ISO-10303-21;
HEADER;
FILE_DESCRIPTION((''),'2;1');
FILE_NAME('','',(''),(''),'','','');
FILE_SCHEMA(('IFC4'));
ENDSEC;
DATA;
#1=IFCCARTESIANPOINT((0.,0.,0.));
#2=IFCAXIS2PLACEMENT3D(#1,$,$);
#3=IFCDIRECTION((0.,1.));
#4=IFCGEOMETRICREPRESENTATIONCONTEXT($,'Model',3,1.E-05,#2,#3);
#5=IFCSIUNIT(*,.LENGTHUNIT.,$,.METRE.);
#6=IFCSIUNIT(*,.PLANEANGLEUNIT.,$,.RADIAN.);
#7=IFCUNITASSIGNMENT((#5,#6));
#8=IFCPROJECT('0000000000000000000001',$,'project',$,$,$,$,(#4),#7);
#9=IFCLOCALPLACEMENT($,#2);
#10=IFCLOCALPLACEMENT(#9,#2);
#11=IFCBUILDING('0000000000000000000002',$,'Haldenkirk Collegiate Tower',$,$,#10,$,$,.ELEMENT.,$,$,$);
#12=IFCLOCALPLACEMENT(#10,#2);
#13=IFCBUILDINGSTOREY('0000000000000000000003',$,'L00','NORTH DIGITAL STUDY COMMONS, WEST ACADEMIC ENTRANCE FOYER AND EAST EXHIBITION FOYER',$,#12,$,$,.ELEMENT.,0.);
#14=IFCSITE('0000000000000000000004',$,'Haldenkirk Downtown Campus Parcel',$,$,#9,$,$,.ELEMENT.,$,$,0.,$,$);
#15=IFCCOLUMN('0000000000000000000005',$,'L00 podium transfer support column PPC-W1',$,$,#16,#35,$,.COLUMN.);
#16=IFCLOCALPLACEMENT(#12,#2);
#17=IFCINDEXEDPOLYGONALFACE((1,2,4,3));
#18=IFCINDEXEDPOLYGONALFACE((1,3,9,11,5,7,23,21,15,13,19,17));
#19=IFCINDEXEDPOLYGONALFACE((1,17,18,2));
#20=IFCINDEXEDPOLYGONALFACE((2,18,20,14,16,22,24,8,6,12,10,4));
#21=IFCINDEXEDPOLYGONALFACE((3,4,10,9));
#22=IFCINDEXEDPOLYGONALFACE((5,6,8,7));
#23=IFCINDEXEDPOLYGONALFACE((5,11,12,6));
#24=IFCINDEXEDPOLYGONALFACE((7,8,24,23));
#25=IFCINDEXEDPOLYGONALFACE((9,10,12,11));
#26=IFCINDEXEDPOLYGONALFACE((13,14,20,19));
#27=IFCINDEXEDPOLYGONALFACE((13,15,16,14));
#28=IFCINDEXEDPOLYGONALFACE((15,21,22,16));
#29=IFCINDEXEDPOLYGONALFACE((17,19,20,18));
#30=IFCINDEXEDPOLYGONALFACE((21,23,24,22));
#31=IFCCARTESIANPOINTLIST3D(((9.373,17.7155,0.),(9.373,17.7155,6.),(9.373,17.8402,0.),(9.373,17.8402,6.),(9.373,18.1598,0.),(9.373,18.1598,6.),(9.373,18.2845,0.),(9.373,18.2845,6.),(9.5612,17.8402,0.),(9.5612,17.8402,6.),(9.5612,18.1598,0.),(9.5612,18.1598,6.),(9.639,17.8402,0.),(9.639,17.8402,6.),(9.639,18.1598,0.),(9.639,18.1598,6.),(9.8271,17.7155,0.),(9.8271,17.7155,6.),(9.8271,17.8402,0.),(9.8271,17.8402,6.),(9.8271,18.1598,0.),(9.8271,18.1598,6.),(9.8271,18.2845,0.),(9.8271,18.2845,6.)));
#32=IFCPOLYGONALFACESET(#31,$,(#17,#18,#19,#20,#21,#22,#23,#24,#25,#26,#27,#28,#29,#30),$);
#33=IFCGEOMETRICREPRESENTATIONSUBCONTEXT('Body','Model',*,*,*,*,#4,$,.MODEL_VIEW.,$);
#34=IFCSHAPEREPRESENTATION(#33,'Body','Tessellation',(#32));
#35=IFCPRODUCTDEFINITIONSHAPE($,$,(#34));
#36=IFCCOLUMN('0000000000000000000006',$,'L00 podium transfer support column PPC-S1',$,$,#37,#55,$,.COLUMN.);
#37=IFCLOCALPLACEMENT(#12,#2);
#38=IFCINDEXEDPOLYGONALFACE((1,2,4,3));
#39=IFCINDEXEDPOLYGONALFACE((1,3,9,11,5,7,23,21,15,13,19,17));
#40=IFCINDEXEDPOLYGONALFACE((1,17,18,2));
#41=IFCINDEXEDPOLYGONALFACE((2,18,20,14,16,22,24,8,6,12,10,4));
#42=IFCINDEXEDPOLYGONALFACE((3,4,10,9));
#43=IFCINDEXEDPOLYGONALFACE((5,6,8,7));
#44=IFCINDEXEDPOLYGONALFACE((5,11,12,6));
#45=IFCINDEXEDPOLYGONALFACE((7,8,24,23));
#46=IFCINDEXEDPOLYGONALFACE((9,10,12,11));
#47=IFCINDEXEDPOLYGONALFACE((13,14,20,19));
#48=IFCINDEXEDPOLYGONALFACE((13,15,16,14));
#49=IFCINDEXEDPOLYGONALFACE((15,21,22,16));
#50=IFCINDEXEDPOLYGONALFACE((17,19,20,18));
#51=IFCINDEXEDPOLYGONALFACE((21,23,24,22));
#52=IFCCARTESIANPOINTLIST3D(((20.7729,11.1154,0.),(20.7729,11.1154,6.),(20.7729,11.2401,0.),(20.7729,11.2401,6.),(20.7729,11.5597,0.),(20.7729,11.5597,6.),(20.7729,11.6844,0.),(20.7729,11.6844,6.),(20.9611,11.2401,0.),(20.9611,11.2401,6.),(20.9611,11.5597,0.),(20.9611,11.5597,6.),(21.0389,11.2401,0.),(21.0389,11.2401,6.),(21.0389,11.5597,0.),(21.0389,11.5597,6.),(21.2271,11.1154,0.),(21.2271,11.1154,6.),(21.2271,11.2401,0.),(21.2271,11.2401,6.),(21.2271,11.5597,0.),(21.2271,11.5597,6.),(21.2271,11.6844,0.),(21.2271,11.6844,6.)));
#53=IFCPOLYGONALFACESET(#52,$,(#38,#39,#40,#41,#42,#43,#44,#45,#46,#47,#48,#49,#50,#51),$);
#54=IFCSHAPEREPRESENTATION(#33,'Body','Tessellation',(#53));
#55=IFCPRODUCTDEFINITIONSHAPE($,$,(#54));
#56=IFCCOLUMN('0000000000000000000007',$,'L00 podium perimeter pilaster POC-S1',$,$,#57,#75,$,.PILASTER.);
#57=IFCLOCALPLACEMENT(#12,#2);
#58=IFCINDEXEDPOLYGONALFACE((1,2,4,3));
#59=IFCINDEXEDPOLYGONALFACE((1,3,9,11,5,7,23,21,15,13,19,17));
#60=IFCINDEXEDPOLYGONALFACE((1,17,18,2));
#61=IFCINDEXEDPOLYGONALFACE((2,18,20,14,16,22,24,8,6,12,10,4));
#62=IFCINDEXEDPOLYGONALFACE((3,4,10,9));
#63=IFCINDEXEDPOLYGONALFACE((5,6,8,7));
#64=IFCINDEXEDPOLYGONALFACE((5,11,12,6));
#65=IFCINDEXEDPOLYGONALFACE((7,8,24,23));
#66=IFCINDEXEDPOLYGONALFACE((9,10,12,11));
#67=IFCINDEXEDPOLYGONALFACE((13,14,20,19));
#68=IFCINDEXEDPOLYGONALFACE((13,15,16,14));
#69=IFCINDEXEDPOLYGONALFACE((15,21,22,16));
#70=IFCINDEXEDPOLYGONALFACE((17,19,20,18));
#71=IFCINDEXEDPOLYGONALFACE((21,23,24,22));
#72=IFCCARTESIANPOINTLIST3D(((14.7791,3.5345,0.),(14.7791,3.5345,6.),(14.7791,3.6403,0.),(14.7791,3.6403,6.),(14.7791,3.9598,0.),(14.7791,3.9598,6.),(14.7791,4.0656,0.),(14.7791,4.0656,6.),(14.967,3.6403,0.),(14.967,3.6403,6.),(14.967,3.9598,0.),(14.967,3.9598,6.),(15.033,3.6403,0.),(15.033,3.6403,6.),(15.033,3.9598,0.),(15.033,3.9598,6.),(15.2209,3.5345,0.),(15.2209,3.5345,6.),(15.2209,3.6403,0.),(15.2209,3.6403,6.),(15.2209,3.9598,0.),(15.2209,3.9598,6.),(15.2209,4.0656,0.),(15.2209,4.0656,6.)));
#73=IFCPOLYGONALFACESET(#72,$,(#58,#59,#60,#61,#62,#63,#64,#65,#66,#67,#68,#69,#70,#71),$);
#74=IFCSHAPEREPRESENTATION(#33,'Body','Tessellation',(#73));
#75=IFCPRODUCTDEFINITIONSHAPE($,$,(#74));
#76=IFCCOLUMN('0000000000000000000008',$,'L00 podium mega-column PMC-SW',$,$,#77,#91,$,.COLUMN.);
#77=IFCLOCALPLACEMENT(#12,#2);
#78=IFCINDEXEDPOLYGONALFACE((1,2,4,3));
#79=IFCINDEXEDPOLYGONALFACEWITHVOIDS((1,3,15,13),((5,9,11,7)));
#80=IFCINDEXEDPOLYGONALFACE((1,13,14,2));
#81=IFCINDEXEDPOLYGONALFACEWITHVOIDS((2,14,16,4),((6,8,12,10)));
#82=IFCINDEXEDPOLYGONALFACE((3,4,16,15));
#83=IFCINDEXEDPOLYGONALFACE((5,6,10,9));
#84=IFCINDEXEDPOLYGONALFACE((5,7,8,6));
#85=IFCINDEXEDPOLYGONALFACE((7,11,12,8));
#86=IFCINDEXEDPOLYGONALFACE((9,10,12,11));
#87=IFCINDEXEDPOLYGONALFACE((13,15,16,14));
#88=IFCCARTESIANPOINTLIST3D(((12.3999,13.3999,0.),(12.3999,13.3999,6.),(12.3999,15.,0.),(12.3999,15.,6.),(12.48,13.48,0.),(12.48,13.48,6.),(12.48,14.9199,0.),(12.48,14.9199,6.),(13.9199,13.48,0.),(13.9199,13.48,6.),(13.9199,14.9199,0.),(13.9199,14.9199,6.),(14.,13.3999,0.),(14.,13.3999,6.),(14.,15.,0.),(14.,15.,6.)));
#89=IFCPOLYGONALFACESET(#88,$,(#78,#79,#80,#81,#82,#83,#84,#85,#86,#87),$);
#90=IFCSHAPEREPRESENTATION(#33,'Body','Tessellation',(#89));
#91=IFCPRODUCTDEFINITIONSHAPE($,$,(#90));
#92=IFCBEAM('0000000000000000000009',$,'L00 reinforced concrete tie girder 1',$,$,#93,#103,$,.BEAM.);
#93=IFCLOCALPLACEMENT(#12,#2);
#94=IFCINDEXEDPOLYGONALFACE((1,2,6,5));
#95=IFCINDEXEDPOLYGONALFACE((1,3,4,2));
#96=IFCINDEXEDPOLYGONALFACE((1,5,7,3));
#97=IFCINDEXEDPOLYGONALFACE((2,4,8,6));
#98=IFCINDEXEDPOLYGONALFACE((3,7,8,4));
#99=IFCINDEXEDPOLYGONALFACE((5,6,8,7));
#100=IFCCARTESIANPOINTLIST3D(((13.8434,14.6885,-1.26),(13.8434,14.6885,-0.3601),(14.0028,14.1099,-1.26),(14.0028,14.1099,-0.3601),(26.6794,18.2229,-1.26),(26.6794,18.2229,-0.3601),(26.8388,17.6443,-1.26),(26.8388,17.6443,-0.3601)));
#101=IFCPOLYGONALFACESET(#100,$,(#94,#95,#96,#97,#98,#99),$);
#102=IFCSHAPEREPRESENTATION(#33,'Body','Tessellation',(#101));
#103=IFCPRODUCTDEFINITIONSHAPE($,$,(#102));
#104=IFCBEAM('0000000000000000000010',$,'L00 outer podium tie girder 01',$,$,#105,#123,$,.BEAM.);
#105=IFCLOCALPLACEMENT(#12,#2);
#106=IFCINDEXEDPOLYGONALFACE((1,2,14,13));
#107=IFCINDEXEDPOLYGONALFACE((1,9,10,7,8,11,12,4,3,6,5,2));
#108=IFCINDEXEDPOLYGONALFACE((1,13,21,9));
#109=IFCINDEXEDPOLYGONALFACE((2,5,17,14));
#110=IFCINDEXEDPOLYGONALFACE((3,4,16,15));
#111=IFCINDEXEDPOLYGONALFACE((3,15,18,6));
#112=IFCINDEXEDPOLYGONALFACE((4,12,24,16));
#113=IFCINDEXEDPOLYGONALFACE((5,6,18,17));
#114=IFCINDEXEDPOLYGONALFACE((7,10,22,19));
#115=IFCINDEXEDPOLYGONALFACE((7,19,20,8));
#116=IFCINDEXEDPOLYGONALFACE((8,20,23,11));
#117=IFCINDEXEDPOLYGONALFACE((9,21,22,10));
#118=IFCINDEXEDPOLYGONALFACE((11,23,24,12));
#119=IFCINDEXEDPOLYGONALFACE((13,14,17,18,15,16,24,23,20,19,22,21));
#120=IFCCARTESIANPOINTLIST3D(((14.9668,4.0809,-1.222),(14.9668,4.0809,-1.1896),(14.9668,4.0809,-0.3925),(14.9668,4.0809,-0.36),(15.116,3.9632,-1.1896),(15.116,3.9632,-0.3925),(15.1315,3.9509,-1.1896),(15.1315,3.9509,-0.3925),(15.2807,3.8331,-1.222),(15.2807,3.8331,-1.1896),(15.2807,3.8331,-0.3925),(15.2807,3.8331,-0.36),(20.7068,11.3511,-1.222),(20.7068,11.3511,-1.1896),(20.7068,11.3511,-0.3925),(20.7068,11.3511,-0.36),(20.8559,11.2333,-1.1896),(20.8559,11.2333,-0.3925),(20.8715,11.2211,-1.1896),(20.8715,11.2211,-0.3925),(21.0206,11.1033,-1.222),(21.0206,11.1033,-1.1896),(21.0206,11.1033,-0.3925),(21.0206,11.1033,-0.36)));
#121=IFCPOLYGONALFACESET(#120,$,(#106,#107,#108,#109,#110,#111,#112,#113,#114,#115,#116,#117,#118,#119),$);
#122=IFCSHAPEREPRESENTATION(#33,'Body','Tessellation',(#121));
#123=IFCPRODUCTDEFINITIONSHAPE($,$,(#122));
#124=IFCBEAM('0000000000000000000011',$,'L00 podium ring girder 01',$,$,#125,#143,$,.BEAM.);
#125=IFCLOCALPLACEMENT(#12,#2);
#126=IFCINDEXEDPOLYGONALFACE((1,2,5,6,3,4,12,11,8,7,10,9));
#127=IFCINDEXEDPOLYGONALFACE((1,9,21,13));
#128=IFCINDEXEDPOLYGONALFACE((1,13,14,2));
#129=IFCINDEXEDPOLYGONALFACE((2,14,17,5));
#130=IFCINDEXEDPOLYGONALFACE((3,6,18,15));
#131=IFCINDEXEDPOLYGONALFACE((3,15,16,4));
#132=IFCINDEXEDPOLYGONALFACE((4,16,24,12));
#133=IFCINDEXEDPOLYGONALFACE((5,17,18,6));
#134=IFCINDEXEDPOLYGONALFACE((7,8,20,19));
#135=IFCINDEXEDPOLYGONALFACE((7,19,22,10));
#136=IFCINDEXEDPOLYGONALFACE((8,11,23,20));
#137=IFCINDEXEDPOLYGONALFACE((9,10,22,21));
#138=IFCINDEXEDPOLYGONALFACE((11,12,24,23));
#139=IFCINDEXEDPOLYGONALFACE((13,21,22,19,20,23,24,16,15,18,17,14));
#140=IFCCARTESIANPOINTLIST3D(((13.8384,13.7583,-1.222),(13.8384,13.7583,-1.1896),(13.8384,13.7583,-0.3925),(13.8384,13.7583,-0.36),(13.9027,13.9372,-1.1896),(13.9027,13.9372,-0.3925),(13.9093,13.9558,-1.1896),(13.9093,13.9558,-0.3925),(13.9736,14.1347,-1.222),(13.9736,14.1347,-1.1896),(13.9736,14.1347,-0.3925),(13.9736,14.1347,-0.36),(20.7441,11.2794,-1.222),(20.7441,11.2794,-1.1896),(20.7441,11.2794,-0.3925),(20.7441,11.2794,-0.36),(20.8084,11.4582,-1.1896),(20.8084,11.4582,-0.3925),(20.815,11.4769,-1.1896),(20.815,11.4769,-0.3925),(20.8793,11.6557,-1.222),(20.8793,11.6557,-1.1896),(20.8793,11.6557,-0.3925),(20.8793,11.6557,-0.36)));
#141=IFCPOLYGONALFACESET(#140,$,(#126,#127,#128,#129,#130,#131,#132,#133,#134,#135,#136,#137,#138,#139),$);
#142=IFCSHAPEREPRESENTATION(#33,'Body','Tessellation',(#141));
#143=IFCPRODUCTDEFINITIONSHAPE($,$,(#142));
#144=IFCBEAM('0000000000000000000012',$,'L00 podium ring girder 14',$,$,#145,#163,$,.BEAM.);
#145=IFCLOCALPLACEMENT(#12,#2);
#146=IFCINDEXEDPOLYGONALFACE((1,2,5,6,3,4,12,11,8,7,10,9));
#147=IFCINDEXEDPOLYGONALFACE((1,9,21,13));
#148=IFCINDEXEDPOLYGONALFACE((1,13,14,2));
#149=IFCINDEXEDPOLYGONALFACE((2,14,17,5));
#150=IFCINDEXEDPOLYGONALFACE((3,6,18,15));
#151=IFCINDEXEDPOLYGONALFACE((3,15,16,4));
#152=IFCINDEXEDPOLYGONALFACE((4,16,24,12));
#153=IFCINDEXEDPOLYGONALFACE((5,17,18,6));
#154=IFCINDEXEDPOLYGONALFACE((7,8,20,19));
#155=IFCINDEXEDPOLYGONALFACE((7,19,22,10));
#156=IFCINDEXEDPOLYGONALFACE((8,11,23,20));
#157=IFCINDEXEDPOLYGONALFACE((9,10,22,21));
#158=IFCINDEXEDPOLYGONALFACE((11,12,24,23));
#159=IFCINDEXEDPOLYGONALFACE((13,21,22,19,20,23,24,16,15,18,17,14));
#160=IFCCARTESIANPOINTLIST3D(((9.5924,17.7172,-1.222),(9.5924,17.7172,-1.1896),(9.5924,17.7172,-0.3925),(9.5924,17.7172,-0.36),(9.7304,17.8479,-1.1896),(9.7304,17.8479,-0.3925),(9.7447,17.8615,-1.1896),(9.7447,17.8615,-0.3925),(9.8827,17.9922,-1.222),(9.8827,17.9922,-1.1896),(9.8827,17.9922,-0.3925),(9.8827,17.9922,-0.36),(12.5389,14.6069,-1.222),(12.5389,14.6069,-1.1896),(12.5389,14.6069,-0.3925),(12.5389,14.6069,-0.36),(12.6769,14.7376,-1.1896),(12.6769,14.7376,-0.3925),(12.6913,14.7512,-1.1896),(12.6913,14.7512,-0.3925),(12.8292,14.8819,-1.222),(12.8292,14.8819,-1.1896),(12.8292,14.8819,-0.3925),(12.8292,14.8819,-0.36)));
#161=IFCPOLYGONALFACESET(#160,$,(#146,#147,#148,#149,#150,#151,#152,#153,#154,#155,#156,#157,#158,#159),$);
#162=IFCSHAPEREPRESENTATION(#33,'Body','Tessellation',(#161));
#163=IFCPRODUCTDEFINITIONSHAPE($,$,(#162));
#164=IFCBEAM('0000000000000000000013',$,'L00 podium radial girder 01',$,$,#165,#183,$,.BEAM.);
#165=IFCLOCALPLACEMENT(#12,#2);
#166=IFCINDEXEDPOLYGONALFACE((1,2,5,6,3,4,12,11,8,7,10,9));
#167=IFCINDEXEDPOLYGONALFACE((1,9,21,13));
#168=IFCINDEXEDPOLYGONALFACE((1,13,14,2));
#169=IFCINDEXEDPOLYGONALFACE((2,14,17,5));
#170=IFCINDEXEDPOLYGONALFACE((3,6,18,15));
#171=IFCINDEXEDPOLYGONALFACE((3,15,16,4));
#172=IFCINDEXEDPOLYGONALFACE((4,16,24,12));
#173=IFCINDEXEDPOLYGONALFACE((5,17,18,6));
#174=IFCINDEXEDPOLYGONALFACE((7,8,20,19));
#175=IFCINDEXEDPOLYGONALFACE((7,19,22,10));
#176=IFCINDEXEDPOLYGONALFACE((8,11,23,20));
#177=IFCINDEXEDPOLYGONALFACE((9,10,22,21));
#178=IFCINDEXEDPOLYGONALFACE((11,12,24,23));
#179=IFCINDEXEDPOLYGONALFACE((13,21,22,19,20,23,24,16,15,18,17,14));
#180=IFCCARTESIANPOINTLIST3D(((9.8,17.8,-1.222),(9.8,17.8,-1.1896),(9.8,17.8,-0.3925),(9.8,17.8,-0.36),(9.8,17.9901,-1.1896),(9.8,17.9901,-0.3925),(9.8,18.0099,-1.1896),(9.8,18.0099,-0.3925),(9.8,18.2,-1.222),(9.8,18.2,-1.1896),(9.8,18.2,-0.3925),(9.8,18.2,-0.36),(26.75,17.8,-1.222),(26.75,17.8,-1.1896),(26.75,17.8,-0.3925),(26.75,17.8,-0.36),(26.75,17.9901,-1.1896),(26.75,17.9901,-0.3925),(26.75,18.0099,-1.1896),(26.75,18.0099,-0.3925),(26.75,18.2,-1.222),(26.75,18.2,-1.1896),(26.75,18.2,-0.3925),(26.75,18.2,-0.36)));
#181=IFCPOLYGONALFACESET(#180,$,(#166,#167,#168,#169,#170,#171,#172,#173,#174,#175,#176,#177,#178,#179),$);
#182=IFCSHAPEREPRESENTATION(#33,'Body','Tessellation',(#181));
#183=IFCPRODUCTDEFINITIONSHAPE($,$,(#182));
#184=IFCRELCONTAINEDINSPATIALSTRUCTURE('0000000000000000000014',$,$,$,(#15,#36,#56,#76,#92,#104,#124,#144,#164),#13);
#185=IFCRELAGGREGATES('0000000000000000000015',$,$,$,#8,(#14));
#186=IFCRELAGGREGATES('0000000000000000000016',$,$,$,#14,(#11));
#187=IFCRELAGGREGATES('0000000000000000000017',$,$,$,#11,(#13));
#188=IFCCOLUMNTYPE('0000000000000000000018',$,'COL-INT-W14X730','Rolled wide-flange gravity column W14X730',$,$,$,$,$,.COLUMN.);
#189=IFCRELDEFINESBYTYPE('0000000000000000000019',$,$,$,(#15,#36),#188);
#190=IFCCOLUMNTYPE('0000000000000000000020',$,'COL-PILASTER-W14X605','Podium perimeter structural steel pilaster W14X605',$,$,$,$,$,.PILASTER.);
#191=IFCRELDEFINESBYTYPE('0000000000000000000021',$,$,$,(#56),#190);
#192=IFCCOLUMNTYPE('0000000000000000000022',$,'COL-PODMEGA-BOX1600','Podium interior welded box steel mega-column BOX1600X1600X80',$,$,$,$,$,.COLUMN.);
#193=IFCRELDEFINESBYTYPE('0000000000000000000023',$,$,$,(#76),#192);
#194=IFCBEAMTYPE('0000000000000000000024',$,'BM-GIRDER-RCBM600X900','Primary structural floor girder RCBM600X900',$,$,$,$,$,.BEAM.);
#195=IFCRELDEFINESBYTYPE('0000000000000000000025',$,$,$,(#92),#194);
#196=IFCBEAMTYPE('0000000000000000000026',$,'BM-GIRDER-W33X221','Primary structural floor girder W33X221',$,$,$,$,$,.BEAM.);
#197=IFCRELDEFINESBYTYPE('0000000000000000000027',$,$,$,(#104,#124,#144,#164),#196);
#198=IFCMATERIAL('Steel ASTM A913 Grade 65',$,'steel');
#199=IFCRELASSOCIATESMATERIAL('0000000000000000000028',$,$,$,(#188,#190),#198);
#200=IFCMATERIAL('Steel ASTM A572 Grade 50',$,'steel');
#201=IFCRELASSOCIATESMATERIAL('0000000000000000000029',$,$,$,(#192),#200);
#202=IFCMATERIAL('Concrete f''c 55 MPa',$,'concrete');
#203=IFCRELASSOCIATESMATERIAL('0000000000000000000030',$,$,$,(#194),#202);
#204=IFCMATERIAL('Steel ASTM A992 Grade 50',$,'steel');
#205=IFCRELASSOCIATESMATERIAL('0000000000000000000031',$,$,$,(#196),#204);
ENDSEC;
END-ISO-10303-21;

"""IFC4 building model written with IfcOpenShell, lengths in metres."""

from ifc_helpers import new_model, si_unit, direction, frame, origin, origin_2d, place, context, subcontext, project, spatial, rectangle, hollow_rectangle, i_section, extrude, material, material_profile, profile_set, type_object, element, save


model = new_model("IFC4")

# Units and contexts
model_context = context("Model", 3, precision=1e-05, world=origin(), true_north=direction((0.0, 1.0)))
body_context = subcontext(model_context, "Body", "Model", "MODEL_VIEW")
ifc_project = project(units=[si_unit("LENGTHUNIT", "METRE"), si_unit("PLANEANGLEUNIT", "RADIAN")], contexts=[model_context])

# Site, building, storey
site_placement = place(None, origin())
site = spatial("IfcSite", under=ifc_project, at=site_placement, Name="Haldenkirk Downtown Campus Parcel", CompositionType="ELEMENT", RefElevation=0.0)
building_placement = place(site_placement, origin())
building = spatial("IfcBuilding", under=site, at=building_placement, Name="Haldenkirk Collegiate Tower", CompositionType="ELEMENT")
storey_placement = place(building_placement, origin())
storey = spatial("IfcBuildingStorey", under=building, at=storey_placement, Name="L00", Description="NORTH DIGITAL STUDY COMMONS, WEST ACADEMIC ENTRANCE FOYER AND EAST EXHIBITION FOYER", CompositionType="ELEMENT", Elevation=0.0)

# Columns
ifc_material_1 = material(Name="Steel ASTM A913 Grade 65", Category="steel")
ifc_material_profile_1 = material_profile(ifc_material_1, i_section(OverallWidth=0.4541, OverallDepth=0.5691, WebThickness=0.0779, FlangeThickness=0.1248, at=origin_2d()), Name="W14X730")
ifc_profile_set_1 = profile_set([ifc_material_profile_1], Name="Steel ASTM A913 Grade 65")
column_type_1 = type_object("IfcColumnType", Name="COL-INT-W14X730", Description="Rolled wide-flange gravity column W14X730", PredefinedType="COLUMN", material=ifc_profile_set_1)
for number, where, z_axis, x_axis, name in (
    (1, (9.6001, 18.0, 0.0), (0.0, 0.0, 1.0), (1.0, 0.0, 0.0), "L00 podium transfer support column PPC-W1"),
    (2, (21.0, 11.3999, 0.0), (0.0, 0.0, 1.0), (1.0, 0.0, 0.0), "L00 podium transfer support column PPC-S1"),
):
    element("IfcColumn", number, at=place(storey_placement, frame(where, z_axis=z_axis, x_axis=x_axis)), inside=storey, type_object=column_type_1, Name=name, PredefinedType="COLUMN", context=body_context, shape_type="SweptSolid", body=[
        extrude(i_section(OverallWidth=0.4541, OverallDepth=0.5691, WebThickness=0.0779, FlangeThickness=0.1248, at=origin_2d()), origin(), (0.0, 0.0, 1.0), 6.0),
    ])
ifc_material_profile_2 = material_profile(ifc_material_1, i_section(OverallWidth=0.4419, OverallDepth=0.531, WebThickness=0.0659, FlangeThickness=0.1057, at=origin_2d()), Name="W14X605")
ifc_profile_set_2 = profile_set([ifc_material_profile_2], Name="Steel ASTM A913 Grade 65")
column_type_2 = type_object("IfcColumnType", Name="COL-PILASTER-W14X605", Description="Podium perimeter structural steel pilaster W14X605", PredefinedType="PILASTER", material=ifc_profile_set_2)
column_1_placement = place(storey_placement, frame((15.0, 3.8, 0.0), z_axis=(0.0, 0.0, 1.0), x_axis=(1.0, 0.0, 0.0)))
element("IfcColumn", 3, at=column_1_placement, inside=storey, type_object=column_type_2, Name="L00 podium perimeter pilaster POC-S1", PredefinedType="PILASTER", context=body_context, shape_type="SweptSolid", body=[
    extrude(i_section(OverallWidth=0.4419, OverallDepth=0.531, WebThickness=0.0659, FlangeThickness=0.1057, at=origin_2d()), origin(), (0.0, 0.0, 1.0), 6.0),
])
ifc_material_2 = material(Name="Steel ASTM A572 Grade 50", Category="steel")
ifc_material_profile_3 = material_profile(ifc_material_2, hollow_rectangle(XDim=1.6001, YDim=1.6001, WallThickness=0.0801, at=origin_2d()), Name="BOX1600X1600X80")
ifc_profile_set_3 = profile_set([ifc_material_profile_3], Name="Steel ASTM A572 Grade 50")
column_type_3 = type_object("IfcColumnType", Name="COL-PODMEGA-BOX1600", Description="Podium interior welded box steel mega-column BOX1600X1600X80", PredefinedType="COLUMN", material=ifc_profile_set_3)
column_2_placement = place(storey_placement, frame((13.2, 14.2, 0.0), z_axis=(0.0, 0.0, 1.0), x_axis=(1.0, 0.0, 0.0)))
element("IfcColumn", 4, at=column_2_placement, inside=storey, type_object=column_type_3, Name="L00 podium mega-column PMC-SW", PredefinedType="COLUMN", context=body_context, shape_type="SweptSolid", body=[
    extrude(hollow_rectangle(XDim=1.6001, YDim=1.6001, WallThickness=0.0801, at=origin_2d()), origin(), (0.0, 0.0, 1.0), 6.0),
])

# Beams
ifc_material_3 = material(Name="Concrete f'c 55 MPa", Category="concrete")
ifc_material_profile_4 = material_profile(ifc_material_3, rectangle(XDim=0.6001, YDim=0.8999, at=origin_2d()), Name="RCBM600X900")
ifc_profile_set_4 = profile_set([ifc_material_profile_4], Name="Concrete f'c 55 MPa")
beam_type_1 = type_object("IfcBeamType", Name="BM-GIRDER-RCBM600X900", Description="Primary structural floor girder RCBM600X900", PredefinedType="BEAM", material=ifc_profile_set_4)
beam_1_placement = place(storey_placement, frame((13.9231, 14.3992, -0.8101), z_axis=(0.964118, 0.265474, 0.0), x_axis=(-0.265474, 0.964118, 0.0)))
element("IfcBeam", 5, at=beam_1_placement, inside=storey, type_object=beam_type_1, Name="L00 reinforced concrete tie girder 1", PredefinedType="BEAM", context=body_context, shape_type="SweptSolid", body=[
    extrude(rectangle(XDim=0.6001, YDim=0.8999, at=origin_2d()), origin(), (0.0, 0.0, 1.0), 13.3137),
])
ifc_material_4 = material(Name="Steel ASTM A992 Grade 50", Category="steel")
ifc_material_profile_5 = material_profile(ifc_material_4, i_section(OverallWidth=0.3999, OverallDepth=0.8621, WebThickness=0.0198, FlangeThickness=0.0325, at=origin_2d()), Name="W33X221")
ifc_profile_set_5 = profile_set([ifc_material_profile_5], Name="Steel ASTM A992 Grade 50")
beam_type_2 = type_object("IfcBeamType", Name="BM-GIRDER-W33X221", Description="Primary structural floor girder W33X221", PredefinedType="BEAM", material=ifc_profile_set_5)
beam_2_placement = place(storey_placement, frame((15.1238, 3.957, -0.791), z_axis=(0.619665, 0.784867, 0.0), x_axis=(-0.784867, 0.619665, 0.0)))
element("IfcBeam", 6, at=beam_2_placement, inside=storey, type_object=beam_type_2, Name="L00 outer podium tie girder 01", PredefinedType="BEAM", context=body_context, shape_type="SweptSolid", body=[
    extrude(i_section(OverallWidth=0.3999, OverallDepth=0.8621, WebThickness=0.0198, FlangeThickness=0.0325, at=origin_2d()), origin(), (0.0, 0.0, 1.0), 9.2629),
])
beam_3_placement = place(storey_placement, frame((13.906, 13.9465, -0.791), z_axis=(0.941194, -0.337866, 0.0), x_axis=(0.337866, 0.941194, 0.0)))
element("IfcBeam", 7, at=beam_3_placement, inside=storey, type_object=beam_type_2, Name="L00 podium ring girder 01", PredefinedType="BEAM", context=body_context, shape_type="SweptSolid", body=[
    extrude(i_section(OverallWidth=0.3999, OverallDepth=0.8621, WebThickness=0.0198, FlangeThickness=0.0325, at=origin_2d()), origin(), (0.0, 0.0, 1.0), 7.3372),
])
beam_4_placement = place(storey_placement, frame((9.7375, 17.8547, -0.791), z_axis=(0.68773, -0.725966, 0.0), x_axis=(0.725966, 0.68773, 0.0)))
element("IfcBeam", 8, at=beam_4_placement, inside=storey, type_object=beam_type_2, Name="L00 podium ring girder 14", PredefinedType="BEAM", context=body_context, shape_type="SweptSolid", body=[
    extrude(i_section(OverallWidth=0.3999, OverallDepth=0.8621, WebThickness=0.0198, FlangeThickness=0.0325, at=origin_2d()), origin(), (0.0, 0.0, 1.0), 4.2844),
])
beam_5_placement = place(storey_placement, frame((9.8, 18.0, -0.791), z_axis=(1.0, 0.0, 0.0), x_axis=(0.0, 1.0, 0.0)))
element("IfcBeam", 9, at=beam_5_placement, inside=storey, type_object=beam_type_2, Name="L00 podium radial girder 01", PredefinedType="BEAM", context=body_context, shape_type="SweptSolid", body=[
    extrude(i_section(OverallWidth=0.3999, OverallDepth=0.8621, WebThickness=0.0198, FlangeThickness=0.0325, at=origin_2d()), origin(), (0.0, 0.0, 1.0), 16.95),
])

save(model, "model.ifc")
